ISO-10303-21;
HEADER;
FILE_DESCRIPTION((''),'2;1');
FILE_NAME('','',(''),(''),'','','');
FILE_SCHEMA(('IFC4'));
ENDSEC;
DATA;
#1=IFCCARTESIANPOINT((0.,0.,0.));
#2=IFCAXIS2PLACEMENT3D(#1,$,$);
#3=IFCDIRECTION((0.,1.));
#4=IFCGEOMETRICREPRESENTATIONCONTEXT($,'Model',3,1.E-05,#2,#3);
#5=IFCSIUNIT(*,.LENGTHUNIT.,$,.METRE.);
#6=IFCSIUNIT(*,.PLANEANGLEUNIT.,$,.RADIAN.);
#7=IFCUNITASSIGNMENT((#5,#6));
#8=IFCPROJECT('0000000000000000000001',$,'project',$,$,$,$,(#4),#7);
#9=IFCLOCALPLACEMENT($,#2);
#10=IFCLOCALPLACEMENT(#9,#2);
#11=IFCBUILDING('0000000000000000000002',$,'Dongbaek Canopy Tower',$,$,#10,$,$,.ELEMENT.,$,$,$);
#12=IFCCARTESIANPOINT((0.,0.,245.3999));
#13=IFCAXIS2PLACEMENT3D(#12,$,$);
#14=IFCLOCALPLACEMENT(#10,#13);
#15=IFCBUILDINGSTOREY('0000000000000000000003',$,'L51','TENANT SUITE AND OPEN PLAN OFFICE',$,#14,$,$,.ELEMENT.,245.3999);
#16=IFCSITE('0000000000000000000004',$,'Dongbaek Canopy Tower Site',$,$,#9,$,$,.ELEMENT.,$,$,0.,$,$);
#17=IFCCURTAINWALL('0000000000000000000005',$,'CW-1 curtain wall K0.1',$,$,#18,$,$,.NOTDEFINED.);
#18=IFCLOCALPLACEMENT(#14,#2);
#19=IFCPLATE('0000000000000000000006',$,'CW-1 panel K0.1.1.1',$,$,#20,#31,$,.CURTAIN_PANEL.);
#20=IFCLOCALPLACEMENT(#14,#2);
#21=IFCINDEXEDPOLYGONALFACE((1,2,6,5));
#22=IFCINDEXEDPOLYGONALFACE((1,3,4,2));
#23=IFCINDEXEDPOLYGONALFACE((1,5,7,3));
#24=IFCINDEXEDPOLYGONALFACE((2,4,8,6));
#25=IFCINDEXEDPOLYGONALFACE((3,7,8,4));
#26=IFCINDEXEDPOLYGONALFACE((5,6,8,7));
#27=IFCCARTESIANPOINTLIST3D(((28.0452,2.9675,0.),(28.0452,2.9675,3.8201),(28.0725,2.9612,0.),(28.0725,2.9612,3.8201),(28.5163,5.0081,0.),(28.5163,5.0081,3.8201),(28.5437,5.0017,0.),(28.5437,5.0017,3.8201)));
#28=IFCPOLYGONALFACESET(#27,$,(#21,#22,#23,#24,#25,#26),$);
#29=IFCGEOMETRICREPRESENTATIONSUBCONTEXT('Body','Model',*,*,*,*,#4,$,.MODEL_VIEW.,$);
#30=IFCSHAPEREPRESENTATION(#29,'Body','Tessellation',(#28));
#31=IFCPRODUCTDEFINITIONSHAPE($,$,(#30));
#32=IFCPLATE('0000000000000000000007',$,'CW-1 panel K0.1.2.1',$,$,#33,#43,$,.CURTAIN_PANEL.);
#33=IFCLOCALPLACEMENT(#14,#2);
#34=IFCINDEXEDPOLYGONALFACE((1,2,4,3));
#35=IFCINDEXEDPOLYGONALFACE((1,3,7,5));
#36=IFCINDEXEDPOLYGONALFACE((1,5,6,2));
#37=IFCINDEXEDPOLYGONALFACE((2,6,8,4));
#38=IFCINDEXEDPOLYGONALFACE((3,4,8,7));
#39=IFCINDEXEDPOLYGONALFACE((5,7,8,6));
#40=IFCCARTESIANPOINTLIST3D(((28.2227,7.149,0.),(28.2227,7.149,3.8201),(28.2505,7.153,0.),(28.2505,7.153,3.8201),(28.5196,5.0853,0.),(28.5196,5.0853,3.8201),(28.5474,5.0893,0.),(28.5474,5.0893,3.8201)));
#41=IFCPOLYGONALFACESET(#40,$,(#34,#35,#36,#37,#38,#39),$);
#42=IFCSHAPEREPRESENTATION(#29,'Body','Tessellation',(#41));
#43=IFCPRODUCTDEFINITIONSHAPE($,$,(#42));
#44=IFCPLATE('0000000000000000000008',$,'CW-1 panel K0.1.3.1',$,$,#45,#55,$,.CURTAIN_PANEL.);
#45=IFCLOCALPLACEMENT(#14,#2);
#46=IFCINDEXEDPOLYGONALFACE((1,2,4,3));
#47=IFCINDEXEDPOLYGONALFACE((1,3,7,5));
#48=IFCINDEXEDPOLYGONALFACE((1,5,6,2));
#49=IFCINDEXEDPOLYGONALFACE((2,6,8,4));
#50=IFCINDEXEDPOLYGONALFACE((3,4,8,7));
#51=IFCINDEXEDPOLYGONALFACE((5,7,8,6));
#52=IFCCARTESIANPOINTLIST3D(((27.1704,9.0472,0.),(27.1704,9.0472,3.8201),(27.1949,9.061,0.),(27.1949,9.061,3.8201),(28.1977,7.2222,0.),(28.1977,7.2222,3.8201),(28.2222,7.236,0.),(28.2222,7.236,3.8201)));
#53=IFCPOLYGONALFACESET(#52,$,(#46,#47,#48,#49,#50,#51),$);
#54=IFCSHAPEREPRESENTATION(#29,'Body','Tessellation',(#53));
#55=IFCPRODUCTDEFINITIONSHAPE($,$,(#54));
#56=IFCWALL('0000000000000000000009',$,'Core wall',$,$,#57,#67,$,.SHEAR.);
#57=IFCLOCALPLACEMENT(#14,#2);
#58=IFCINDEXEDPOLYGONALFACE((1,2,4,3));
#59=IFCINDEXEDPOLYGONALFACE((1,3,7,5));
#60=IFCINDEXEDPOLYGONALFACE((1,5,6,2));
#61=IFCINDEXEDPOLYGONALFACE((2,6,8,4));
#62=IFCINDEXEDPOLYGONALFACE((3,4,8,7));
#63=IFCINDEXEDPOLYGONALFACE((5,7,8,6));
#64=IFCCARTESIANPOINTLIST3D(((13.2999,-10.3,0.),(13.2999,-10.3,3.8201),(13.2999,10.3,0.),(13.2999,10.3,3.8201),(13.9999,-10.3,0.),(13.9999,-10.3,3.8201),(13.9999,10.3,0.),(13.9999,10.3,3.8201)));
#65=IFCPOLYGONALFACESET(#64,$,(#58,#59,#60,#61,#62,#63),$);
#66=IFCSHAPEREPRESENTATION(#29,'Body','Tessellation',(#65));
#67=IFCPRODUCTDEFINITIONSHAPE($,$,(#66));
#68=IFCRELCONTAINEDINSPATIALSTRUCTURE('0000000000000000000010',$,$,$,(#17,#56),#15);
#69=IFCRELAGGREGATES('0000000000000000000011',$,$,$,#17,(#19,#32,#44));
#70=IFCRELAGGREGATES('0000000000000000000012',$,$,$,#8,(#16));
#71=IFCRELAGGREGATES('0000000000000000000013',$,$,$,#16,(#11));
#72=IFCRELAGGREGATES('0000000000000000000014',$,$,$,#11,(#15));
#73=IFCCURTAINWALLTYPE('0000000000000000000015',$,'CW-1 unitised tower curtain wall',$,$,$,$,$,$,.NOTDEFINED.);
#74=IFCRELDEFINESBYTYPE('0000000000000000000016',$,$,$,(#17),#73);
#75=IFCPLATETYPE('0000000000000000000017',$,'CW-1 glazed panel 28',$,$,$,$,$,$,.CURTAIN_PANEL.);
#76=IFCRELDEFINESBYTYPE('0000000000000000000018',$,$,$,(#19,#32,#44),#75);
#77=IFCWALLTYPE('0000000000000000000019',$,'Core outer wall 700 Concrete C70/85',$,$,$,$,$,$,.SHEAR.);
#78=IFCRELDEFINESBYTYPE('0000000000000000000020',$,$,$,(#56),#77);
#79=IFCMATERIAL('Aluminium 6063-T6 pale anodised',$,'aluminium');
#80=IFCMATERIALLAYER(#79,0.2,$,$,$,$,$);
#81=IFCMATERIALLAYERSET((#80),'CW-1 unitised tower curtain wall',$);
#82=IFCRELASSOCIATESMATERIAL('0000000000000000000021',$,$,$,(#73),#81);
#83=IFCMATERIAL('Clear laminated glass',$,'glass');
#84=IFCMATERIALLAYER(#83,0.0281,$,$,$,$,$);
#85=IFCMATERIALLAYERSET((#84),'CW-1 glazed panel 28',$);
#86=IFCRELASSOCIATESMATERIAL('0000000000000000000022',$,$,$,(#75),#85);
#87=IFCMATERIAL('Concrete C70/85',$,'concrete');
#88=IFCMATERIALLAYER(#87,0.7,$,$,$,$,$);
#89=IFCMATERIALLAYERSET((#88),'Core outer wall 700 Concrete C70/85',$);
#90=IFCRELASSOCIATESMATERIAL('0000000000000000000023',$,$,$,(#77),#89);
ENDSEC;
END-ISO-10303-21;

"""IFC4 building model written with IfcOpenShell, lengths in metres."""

from ifc_helpers import new_model, si_unit, direction, frame, frame_2d, origin, origin_2d, place, context, subcontext, project, spatial, rectangle, extrude, material, layer, layer_set, type_object, element, aggregate, save


model = new_model("IFC4")

# Units and contexts
model_context = context("Model", 3, precision=1e-05, world=origin(), true_north=direction((0.0, 1.0)))
body_context = subcontext(model_context, "Body", "Model", "MODEL_VIEW")
ifc_project = project(units=[si_unit("LENGTHUNIT", "METRE"), si_unit("PLANEANGLEUNIT", "RADIAN")], contexts=[model_context])

# Site, building, storey
site_placement = place(None, origin())
site = spatial("IfcSite", under=ifc_project, at=site_placement, Name="Dongbaek Canopy Tower Site", CompositionType="ELEMENT", RefElevation=0.0)
building_placement = place(site_placement, origin())
building = spatial("IfcBuilding", under=site, at=building_placement, Name="Dongbaek Canopy Tower", CompositionType="ELEMENT")
storey_placement = place(building_placement, frame((0.0, 0.0, 245.3999)))
storey = spatial("IfcBuildingStorey", under=building, at=storey_placement, Name="L51", Description="TENANT SUITE AND OPEN PLAN OFFICE", CompositionType="ELEMENT", Elevation=245.3999)

# Curtain wall
ifc_material_1 = material(Name="Aluminium 6063-T6 pale anodised", Category="aluminium")
ifc_layer_1 = layer(ifc_material_1, 0.2)
ifc_layer_set_1 = layer_set([ifc_layer_1], Name="CW-1 unitised tower curtain wall")
curtain_wall_type = type_object("IfcCurtainWallType", Name="CW-1 unitised tower curtain wall", PredefinedType="NOTDEFINED", material=ifc_layer_set_1)
curtain_wall_placement = place(storey_placement, origin())
curtain_wall = element("IfcCurtainWall", 1, at=curtain_wall_placement, inside=storey, type_object=curtain_wall_type, Name="CW-1 curtain wall K0.1", PredefinedType="NOTDEFINED")

# Plates
ifc_material_2 = material(Name="Clear laminated glass", Category="glass")
ifc_layer_2 = layer(ifc_material_2, 0.0281)
ifc_layer_set_2 = layer_set([ifc_layer_2], Name="CW-1 glazed panel 28")
plate_type = type_object("IfcPlateType", Name="CW-1 glazed panel 28", PredefinedType="CURTAIN_PANEL", material=ifc_layer_set_2)
plate_1_placement = place(storey_placement, frame((28.2944, 3.9846, 0.0), z_axis=(0.0, 0.0, 1.0), x_axis=(0.224987, 0.974362, 0.0)))
plate_1 = element("IfcPlate", 2, at=plate_1_placement, type_object=plate_type, Name="CW-1 panel K0.1.1.1", PredefinedType="CURTAIN_PANEL", context=body_context, shape_type="SweptSolid", body=[
    extrude(rectangle(XDim=2.0942, YDim=0.0281, at=origin_2d()), origin(), (0.0, 0.0, 1.0), 3.8201),
])
plate_2_placement = place(storey_placement, frame((28.385, 6.1191, 0.0), z_axis=(0.0, 0.0, 1.0), x_axis=(-0.142403, 0.989809, 0.0)))
plate_2 = element("IfcPlate", 3, at=plate_2_placement, type_object=plate_type, Name="CW-1 panel K0.1.2.1", PredefinedType="CURTAIN_PANEL", context=body_context, shape_type="SweptSolid", body=[
    extrude(rectangle(XDim=2.085, YDim=0.0281, at=origin_2d()), origin(), (0.0, 0.0, 1.0), 3.8201),
])
plate_3_placement = place(storey_placement, frame((27.6963, 8.1416, 0.0), z_axis=(0.0, 0.0, 1.0), x_axis=(-0.490538, 0.87142, 0.0)))
plate_3 = element("IfcPlate", 4, at=plate_3_placement, type_object=plate_type, Name="CW-1 panel K0.1.3.1", PredefinedType="CURTAIN_PANEL", context=body_context, shape_type="SweptSolid", body=[
    extrude(rectangle(XDim=2.0942, YDim=0.0281, at=origin_2d()), origin(), (0.0, 0.0, 1.0), 3.8201),
])
aggregate(curtain_wall, [plate_1, plate_2, plate_3])

# Wall
ifc_material_3 = material(Name="Concrete C70/85", Category="concrete")
ifc_layer_3 = layer(ifc_material_3, 0.7)
ifc_layer_set_3 = layer_set([ifc_layer_3], Name="Core outer wall 700 Concrete C70/85")
wall_type_1 = type_object("IfcWallType", Name="Core outer wall 700 Concrete C70/85", PredefinedType="SHEAR", material=ifc_layer_set_3)
wall_1_placement = place(storey_placement, frame((13.6499, 10.3, 0.0), z_axis=(0.0, 0.0, 1.0), x_axis=(0.0, -1.0, 0.0)))
element("IfcWall", 5, at=wall_1_placement, inside=storey, type_object=wall_type_1, Name="Core wall", PredefinedType="SHEAR", context=body_context, shape_type="SweptSolid", body=[
    extrude(rectangle(XDim=20.6001, YDim=0.7, at=frame_2d((10.3, 0.0))), origin(), (0.0, 0.0, 1.0), 3.8201),
])

save(model, "model.ifc")
